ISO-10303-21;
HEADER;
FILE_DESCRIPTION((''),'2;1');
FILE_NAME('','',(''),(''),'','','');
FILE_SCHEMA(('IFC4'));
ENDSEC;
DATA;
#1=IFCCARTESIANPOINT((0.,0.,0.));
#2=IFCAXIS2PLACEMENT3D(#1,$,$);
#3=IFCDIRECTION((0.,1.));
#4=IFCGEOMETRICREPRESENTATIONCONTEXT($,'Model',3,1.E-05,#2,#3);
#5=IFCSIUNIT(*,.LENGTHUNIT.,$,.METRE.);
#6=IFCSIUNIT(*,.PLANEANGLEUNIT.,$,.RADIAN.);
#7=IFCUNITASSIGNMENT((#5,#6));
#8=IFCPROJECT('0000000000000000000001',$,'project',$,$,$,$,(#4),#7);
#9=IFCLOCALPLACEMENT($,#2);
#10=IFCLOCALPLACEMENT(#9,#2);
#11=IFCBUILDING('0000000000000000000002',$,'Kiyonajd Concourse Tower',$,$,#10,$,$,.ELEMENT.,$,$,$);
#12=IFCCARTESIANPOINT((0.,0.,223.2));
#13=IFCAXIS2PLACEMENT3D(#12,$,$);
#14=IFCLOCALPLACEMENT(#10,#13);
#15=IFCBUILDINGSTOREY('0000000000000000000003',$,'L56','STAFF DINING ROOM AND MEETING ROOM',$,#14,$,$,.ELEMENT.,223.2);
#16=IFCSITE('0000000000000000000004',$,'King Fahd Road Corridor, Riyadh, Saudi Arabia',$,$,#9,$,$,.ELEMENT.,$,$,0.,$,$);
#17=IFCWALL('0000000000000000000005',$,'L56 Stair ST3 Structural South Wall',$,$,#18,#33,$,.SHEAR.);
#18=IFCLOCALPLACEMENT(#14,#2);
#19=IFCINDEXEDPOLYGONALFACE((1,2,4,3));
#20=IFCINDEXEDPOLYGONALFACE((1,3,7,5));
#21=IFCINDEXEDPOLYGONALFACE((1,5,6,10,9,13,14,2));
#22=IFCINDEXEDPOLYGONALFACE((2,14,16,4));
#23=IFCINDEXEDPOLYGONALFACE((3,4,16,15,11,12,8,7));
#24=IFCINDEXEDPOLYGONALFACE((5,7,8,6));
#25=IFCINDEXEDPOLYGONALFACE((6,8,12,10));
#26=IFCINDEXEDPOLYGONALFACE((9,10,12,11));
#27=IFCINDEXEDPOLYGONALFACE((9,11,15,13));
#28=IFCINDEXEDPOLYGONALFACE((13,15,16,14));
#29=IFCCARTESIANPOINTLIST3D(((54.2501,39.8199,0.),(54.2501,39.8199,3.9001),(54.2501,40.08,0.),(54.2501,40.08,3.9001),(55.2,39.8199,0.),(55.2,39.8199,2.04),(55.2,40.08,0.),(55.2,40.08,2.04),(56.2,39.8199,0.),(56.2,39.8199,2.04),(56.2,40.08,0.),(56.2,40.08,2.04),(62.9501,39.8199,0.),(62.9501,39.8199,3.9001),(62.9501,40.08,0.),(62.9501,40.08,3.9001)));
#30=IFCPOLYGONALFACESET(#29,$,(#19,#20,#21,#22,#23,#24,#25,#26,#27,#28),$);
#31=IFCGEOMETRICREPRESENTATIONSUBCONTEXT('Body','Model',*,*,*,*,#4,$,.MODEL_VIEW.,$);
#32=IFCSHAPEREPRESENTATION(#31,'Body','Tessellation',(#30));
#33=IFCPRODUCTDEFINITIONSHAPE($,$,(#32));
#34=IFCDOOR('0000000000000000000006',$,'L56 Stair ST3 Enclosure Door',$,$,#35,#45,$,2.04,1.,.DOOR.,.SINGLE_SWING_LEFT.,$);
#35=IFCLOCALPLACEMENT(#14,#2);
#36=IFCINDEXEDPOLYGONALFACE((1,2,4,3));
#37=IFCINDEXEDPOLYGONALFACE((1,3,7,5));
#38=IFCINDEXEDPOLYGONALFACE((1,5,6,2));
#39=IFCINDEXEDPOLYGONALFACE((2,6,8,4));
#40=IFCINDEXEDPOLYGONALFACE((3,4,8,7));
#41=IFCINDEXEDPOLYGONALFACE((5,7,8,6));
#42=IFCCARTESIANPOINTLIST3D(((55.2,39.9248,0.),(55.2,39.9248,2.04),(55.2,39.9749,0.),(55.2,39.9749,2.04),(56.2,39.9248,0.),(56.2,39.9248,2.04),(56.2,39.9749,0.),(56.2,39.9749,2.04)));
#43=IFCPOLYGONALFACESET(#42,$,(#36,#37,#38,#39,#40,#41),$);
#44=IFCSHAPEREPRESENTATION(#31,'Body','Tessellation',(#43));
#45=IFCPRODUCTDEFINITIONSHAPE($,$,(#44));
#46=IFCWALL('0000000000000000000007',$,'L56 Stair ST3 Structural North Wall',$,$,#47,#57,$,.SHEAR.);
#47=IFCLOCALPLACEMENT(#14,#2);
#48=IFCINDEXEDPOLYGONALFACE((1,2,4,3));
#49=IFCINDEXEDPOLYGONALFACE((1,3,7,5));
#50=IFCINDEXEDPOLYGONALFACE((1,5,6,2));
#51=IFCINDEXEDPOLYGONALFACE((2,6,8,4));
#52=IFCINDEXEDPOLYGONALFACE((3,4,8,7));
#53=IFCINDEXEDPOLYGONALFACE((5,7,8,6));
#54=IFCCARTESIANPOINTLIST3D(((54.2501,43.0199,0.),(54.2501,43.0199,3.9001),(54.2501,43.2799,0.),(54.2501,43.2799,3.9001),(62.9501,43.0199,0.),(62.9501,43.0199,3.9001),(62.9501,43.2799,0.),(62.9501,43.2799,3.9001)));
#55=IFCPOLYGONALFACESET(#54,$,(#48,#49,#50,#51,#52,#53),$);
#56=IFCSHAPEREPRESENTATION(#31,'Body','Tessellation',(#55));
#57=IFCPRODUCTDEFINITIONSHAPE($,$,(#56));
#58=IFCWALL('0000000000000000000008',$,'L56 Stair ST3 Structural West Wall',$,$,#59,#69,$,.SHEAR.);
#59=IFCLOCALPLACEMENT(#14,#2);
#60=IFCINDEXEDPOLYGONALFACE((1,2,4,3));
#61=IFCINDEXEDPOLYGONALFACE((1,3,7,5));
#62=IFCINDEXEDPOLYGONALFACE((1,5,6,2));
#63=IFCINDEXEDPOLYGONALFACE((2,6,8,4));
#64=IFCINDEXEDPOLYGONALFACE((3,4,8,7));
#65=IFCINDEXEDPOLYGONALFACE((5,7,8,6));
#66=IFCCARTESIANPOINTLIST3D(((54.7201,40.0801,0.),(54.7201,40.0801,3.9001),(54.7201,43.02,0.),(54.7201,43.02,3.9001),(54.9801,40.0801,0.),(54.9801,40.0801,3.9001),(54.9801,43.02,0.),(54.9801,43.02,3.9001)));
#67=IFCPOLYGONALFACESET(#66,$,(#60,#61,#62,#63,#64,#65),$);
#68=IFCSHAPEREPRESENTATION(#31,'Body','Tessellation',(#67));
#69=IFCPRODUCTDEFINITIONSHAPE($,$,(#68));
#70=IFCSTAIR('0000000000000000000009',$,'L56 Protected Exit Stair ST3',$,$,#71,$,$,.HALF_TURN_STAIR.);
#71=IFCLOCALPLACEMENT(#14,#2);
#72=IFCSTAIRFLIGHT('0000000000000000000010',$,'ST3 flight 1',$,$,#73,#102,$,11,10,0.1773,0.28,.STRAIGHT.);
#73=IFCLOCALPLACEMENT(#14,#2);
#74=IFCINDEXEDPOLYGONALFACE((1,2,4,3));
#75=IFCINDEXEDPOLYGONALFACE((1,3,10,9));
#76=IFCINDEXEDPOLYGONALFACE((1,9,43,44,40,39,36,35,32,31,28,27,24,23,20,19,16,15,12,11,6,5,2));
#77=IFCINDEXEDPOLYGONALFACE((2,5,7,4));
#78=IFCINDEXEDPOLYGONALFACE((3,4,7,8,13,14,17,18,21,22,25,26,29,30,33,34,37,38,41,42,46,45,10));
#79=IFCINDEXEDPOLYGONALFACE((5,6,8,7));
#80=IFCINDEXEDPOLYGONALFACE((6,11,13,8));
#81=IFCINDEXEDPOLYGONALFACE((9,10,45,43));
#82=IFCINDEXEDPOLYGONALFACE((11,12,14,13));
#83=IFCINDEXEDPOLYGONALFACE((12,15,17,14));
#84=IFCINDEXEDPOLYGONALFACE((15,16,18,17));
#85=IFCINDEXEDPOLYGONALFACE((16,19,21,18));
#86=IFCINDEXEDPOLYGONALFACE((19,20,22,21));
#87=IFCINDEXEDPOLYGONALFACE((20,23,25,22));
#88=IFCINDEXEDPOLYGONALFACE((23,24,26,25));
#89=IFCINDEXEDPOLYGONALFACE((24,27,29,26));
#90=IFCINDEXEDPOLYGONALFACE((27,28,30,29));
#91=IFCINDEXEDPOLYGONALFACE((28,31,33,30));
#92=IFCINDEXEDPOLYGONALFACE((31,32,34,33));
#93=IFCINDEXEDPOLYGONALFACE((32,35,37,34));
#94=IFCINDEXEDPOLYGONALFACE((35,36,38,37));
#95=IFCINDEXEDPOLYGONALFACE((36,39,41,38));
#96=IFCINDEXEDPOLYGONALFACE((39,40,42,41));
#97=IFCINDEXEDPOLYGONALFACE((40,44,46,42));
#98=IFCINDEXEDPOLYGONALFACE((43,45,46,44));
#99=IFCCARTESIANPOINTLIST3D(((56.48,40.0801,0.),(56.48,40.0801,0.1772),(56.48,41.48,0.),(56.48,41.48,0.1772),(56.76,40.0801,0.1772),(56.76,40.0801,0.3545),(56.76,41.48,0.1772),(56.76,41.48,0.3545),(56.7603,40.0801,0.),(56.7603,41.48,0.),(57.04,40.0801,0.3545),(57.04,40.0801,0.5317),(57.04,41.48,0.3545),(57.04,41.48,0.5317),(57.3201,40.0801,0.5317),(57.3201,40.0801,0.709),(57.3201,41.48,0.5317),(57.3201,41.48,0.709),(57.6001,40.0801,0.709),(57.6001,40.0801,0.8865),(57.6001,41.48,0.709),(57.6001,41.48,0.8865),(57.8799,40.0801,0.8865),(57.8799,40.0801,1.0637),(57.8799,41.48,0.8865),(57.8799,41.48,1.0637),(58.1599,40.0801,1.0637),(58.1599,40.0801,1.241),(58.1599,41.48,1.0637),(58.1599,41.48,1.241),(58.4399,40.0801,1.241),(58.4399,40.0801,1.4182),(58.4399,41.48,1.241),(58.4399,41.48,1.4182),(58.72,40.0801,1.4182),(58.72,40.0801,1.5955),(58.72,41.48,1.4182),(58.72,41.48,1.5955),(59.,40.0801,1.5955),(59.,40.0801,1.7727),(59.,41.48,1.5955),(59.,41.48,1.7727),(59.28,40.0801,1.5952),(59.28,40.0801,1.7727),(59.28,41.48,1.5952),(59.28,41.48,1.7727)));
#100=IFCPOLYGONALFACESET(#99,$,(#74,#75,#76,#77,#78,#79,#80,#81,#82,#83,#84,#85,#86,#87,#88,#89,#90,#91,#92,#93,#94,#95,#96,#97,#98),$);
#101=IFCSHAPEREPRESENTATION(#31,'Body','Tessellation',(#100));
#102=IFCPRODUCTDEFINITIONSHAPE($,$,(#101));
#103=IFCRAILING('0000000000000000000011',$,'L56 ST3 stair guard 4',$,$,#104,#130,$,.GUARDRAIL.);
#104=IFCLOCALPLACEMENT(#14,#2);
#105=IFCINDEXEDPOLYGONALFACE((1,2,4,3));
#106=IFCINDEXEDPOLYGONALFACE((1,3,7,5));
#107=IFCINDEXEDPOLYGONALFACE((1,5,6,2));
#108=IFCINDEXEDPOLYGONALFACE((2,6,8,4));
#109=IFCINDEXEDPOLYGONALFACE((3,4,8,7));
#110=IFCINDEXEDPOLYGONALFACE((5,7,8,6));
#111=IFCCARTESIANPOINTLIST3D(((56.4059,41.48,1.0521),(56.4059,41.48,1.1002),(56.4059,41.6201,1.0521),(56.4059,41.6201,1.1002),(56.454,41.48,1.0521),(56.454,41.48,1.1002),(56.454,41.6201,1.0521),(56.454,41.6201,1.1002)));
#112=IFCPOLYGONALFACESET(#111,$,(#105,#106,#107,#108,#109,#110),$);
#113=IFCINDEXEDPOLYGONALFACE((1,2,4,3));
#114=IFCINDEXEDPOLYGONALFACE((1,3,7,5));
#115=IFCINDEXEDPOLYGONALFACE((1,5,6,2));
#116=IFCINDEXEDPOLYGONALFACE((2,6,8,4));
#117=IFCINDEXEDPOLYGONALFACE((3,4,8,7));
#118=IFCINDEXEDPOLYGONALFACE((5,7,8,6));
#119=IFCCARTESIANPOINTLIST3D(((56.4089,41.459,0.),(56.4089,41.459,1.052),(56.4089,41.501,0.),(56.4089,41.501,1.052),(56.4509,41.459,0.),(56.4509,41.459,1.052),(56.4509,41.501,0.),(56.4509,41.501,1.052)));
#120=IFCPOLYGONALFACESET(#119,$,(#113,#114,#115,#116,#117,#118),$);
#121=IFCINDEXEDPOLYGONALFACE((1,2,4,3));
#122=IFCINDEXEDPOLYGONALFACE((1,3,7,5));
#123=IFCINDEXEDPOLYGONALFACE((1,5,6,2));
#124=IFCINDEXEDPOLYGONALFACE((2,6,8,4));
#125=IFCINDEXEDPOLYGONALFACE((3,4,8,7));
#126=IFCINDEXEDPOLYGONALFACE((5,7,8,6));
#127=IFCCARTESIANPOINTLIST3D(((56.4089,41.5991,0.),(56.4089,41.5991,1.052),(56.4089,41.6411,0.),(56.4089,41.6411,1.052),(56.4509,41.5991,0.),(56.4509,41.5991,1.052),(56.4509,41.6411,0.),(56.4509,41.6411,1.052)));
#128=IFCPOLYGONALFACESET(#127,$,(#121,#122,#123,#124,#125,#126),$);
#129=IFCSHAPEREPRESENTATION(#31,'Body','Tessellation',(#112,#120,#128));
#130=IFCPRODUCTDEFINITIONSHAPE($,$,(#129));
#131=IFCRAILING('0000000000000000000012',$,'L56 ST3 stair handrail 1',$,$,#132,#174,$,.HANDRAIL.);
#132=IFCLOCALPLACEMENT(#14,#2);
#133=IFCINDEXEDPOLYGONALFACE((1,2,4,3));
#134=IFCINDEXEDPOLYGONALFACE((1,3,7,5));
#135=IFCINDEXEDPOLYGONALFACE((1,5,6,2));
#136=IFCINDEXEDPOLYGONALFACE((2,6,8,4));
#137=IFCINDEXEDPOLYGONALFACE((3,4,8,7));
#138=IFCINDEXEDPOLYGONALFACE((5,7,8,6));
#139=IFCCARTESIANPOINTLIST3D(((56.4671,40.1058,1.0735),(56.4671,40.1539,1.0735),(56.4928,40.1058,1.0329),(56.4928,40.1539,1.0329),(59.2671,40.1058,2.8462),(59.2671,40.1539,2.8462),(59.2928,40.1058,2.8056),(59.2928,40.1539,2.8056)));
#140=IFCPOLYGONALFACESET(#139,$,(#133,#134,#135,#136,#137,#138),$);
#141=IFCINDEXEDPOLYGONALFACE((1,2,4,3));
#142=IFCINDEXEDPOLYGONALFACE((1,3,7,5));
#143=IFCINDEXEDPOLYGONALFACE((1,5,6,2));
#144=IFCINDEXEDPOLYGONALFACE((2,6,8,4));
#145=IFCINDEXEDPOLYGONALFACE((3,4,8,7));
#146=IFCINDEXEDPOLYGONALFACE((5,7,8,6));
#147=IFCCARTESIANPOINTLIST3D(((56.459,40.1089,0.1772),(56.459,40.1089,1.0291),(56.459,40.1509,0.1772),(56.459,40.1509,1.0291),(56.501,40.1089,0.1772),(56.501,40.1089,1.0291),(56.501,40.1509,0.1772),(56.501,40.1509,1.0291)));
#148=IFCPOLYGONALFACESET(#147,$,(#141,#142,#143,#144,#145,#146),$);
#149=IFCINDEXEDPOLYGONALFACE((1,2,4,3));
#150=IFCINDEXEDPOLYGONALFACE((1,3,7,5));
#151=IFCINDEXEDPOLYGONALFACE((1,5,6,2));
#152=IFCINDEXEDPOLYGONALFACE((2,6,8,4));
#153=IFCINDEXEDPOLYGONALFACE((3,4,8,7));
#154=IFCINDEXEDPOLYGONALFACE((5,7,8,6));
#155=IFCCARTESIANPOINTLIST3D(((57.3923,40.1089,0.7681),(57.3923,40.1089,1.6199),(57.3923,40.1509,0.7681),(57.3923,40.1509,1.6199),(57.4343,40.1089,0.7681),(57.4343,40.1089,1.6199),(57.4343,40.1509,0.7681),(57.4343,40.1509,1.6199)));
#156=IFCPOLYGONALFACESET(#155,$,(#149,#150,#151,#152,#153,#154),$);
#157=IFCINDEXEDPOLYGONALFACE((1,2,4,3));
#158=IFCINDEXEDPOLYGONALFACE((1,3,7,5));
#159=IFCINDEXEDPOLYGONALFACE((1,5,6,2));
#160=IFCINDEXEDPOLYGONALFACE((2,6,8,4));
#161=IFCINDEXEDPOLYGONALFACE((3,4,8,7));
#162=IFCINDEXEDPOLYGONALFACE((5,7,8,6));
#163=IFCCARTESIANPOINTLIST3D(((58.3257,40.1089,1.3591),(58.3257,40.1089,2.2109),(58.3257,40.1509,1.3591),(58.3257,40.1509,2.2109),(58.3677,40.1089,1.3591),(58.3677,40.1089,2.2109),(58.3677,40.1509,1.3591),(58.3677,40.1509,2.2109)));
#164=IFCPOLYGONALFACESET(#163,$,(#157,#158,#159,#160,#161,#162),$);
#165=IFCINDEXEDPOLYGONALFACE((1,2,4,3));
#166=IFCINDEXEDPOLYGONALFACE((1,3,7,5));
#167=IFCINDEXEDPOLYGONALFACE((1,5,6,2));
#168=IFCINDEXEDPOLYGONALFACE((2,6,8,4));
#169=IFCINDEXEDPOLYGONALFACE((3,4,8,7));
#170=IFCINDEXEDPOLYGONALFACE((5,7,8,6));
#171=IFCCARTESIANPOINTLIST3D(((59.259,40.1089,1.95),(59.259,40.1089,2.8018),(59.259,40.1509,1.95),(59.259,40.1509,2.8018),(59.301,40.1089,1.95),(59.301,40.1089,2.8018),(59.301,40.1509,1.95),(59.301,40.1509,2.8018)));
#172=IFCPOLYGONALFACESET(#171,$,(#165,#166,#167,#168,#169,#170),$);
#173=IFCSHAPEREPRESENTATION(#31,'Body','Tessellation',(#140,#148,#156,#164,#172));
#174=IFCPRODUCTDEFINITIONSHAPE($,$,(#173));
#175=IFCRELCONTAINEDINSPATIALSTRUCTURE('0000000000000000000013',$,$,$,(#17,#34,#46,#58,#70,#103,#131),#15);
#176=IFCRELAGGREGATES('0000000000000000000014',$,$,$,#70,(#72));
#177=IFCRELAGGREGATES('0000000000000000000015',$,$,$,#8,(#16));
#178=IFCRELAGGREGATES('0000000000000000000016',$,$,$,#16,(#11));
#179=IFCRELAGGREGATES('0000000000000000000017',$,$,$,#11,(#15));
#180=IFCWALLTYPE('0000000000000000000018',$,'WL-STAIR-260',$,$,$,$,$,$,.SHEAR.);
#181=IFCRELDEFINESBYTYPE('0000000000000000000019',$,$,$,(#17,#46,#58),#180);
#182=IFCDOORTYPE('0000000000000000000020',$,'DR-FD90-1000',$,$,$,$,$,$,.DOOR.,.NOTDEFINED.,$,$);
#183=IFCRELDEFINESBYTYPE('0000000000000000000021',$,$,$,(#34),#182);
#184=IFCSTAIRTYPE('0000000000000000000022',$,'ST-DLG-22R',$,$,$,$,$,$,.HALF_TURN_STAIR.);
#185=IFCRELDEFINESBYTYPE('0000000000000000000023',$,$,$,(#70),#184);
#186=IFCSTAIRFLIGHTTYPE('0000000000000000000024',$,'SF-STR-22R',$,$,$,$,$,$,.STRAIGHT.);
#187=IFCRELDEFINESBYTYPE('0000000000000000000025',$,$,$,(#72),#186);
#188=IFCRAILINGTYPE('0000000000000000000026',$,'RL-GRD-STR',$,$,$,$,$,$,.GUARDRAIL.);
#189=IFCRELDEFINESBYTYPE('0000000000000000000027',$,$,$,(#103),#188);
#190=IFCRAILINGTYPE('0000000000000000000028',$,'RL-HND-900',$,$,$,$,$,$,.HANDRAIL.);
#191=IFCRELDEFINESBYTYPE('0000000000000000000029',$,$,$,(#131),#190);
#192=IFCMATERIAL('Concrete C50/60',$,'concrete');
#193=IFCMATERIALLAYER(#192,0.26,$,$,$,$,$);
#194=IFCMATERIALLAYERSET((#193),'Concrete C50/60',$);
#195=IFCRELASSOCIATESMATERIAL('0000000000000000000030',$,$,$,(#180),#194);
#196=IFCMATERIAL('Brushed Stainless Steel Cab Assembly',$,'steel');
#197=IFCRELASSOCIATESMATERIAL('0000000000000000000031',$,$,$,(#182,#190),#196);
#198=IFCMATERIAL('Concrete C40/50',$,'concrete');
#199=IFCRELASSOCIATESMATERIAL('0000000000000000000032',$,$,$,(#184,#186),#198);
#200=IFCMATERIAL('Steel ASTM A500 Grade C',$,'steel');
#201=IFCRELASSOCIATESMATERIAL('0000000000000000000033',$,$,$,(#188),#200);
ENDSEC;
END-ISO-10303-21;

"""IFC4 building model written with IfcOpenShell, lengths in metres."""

from ifc_helpers import new_model, si_unit, direction, frame, frame_2d, origin, origin_2d, place, context, subcontext, project, spatial, polyline, rectangle, outline, extrude, material, layer, layer_set, type_object, element, fill, aggregate, save


model = new_model("IFC4")

# Units and contexts
model_context = context("Model", 3, precision=1e-05, world=origin(), true_north=direction((0.0, 1.0)))
body_context = subcontext(model_context, "Body", "Model", "MODEL_VIEW")
ifc_project = project(units=[si_unit("LENGTHUNIT", "METRE"), si_unit("PLANEANGLEUNIT", "RADIAN")], contexts=[model_context])

# Site, building, storey
site_placement = place(None, origin())
site = spatial("IfcSite", under=ifc_project, at=site_placement, Name="King Fahd Road Corridor, Riyadh, Saudi Arabia", CompositionType="ELEMENT", RefElevation=0.0)
building_placement = place(site_placement, origin())
building = spatial("IfcBuilding", under=site, at=building_placement, Name="Kiyonajd Concourse Tower", CompositionType="ELEMENT")
storey_placement = place(building_placement, frame((0.0, 0.0, 223.2)))
storey = spatial("IfcBuildingStorey", under=building, at=storey_placement, Name="L56", Description="STAFF DINING ROOM AND MEETING ROOM", CompositionType="ELEMENT", Elevation=223.2)

# Shared definitions
ifc_material_1 = material(Name="Concrete C50/60", Category="concrete")

# Wall, opening, door
ifc_layer_1 = layer(ifc_material_1, 0.26)
ifc_layer_set_1 = layer_set([ifc_layer_1], Name="Concrete C50/60")
wall_type_1 = type_object("IfcWallType", Name="WL-STAIR-260", PredefinedType="SHEAR", material=ifc_layer_set_1)
wall_1_placement = place(storey_placement, frame((54.25, 39.95, 0.0), z_axis=(0.0, 0.0, 1.0), x_axis=(1.0, 0.0, 0.0)))
wall_1 = element("IfcWall", 1, at=wall_1_placement, inside=storey, type_object=wall_type_1, Name="L56 Stair ST3 Structural South Wall", PredefinedType="SHEAR", context=body_context, shape_type="SweptSolid", body=[
    extrude(rectangle(XDim=8.7, YDim=0.26, at=frame_2d((4.3501, 0.0))), origin(), (0.0, 0.0, 1.0), 3.9001),
])
opening_1_placement = place(wall_1_placement, frame((0.95, 0.0, 0.0)))
opening_1 = element("IfcOpeningElement", 2, at=opening_1_placement, cuts=wall_1, PredefinedType="OPENING", context=body_context, shape_type="SweptSolid", body=[
    extrude(rectangle(XDim=1.0, YDim=2.04, at=frame_2d((0.5, 1.02))), frame((0.0, 0.1399, 0.0), z_axis=(0.0, -1.0, 0.0), x_axis=(1.0, 0.0, 0.0)), (0.0, 0.0, 1.0), 0.28),
])
ifc_material_2 = material(Name="Brushed Stainless Steel Cab Assembly", Category="steel")
door_type_1 = type_object("IfcDoorType", Name="DR-FD90-1000", OperationType="NOTDEFINED", PredefinedType="DOOR", material=ifc_material_2)
door_1_placement = place(opening_1_placement, origin())
door_1 = element("IfcDoor", 3, at=door_1_placement, inside=storey, type_object=door_type_1, Name="L56 Stair ST3 Enclosure Door", OperationType="SINGLE_SWING_LEFT", OverallHeight=2.04, OverallWidth=1.0, PredefinedType="DOOR", context=body_context, shape_type="SweptSolid", body=[
    extrude(rectangle(XDim=1.0, YDim=2.04, at=frame_2d((0.5, 1.02))), frame((0.0, 0.0249, 0.0), z_axis=(0.0, -1.0, 0.0), x_axis=(1.0, 0.0, 0.0)), (0.0, 0.0, 1.0), 0.05),
])
fill(opening_1, door_1)

# Walls
wall_2_placement = place(storey_placement, frame((54.25, 43.1499, 0.0), z_axis=(0.0, 0.0, 1.0), x_axis=(1.0, 0.0, 0.0)))
element("IfcWall", 4, at=wall_2_placement, inside=storey, type_object=wall_type_1, Name="L56 Stair ST3 Structural North Wall", PredefinedType="SHEAR", context=body_context, shape_type="SweptSolid", body=[
    extrude(rectangle(XDim=8.7, YDim=0.26, at=frame_2d((4.3501, 0.0))), origin(), (0.0, 0.0, 1.0), 3.9001),
])
wall_3_placement = place(storey_placement, frame((54.8501, 40.0801, 0.0), z_axis=(0.0, 0.0, 1.0), x_axis=(0.0, 1.0, 0.0)))
element("IfcWall", 5, at=wall_3_placement, inside=storey, type_object=wall_type_1, Name="L56 Stair ST3 Structural West Wall", PredefinedType="SHEAR", context=body_context, shape_type="SweptSolid", body=[
    extrude(rectangle(XDim=2.9399, YDim=0.26, at=frame_2d((1.47, 0.0))), origin(), (0.0, 0.0, 1.0), 3.9001),
])

# Stair, stair flight
ifc_material_3 = material(Name="Concrete C40/50", Category="concrete")
stair_type = type_object("IfcStairType", Name="ST-DLG-22R", PredefinedType="HALF_TURN_STAIR", material=ifc_material_3)
stair_placement = place(storey_placement, origin())
stair = element("IfcStair", 6, at=stair_placement, inside=storey, type_object=stair_type, Name="L56 Protected Exit Stair ST3", PredefinedType="HALF_TURN_STAIR")
stair_flight_type = type_object("IfcStairFlightType", Name="SF-STR-22R", PredefinedType="STRAIGHT", material=ifc_material_3)
stair_flight_placement = place(storey_placement, frame((56.48, 40.78, 0.0), z_axis=(0.0, 0.0, 1.0), x_axis=(1.0, 0.0, 0.0)))
stair_flight = element("IfcStairFlight", 7, at=stair_flight_placement, type_object=stair_flight_type, Name="ST3 flight 1", NumberOfRisers=11, NumberOfTreads=10, PredefinedType="STRAIGHT", RiserHeight=0.1773, TreadLength=0.28, context=body_context, shape_type="SweptSolid", body=[
    extrude(outline(polyline([(0.0, 0.0), (0.0, 0.1772), (0.28, 0.1772), (0.28, 0.3545), (0.5601, 0.3545), (0.5601, 0.5317), (0.8401, 0.5317), (0.8401, 0.709), (1.1201, 0.709), (1.1201, 0.8865), (1.3999, 0.8865), (1.3999, 1.0637), (1.6799, 1.0637), (1.6799, 1.241), (1.96, 1.241), (1.96, 1.4182), (2.24, 1.4182), (2.24, 1.5955), (2.52, 1.5955), (2.52, 1.7727), (2.8, 1.7727), (2.8, 1.95), (2.8, 1.5952), (0.2803, 0.0), (0.0, 0.0)])), frame((0.0, 0.7, 0.0), z_axis=(0.0, -1.0, 0.0), x_axis=(1.0, 0.0, 0.0)), (0.0, 0.0, 1.0), 1.3999),
])
aggregate(stair, [stair_flight])

# Railings
ifc_material_4 = material(Name="Steel ASTM A500 Grade C", Category="steel")
railing_type_1 = type_object("IfcRailingType", Name="RL-GRD-STR", PredefinedType="GUARDRAIL", material=ifc_material_4)
railing_1_placement = place(storey_placement, frame((56.4299, 41.48, 0.0)))
element("IfcRailing", 8, at=railing_1_placement, inside=storey, type_object=railing_type_1, Name="L56 ST3 stair guard 4", PredefinedType="GUARDRAIL", context=body_context, shape_type="SweptSolid", body=[
    extrude(rectangle(XDim=0.0481, YDim=0.0481, at=origin_2d()), frame((0.0, 0.0, 1.0762), z_axis=(0.0, 1.0, 0.0), x_axis=(-1.0, 0.0, 0.0)), (0.0, 0.0, 1.0), 0.1401),
    extrude(rectangle(XDim=0.042, YDim=0.042, at=origin_2d()), origin(), (0.0, 0.0, 1.0), 1.052),
    extrude(rectangle(XDim=0.042, YDim=0.042, at=origin_2d()), frame((0.0, 0.1401, 0.0)), (0.0, 0.0, 1.0), 1.052),
])
railing_type_2 = type_object("IfcRailingType", Name="RL-HND-900", PredefinedType="HANDRAIL", material=ifc_material_2)
railing_2_placement = place(storey_placement, frame((56.48, 40.1299, 0.1772)))
element("IfcRailing", 9, at=railing_2_placement, inside=storey, type_object=railing_type_2, Name="L56 ST3 stair handrail 1", PredefinedType="HANDRAIL", context=body_context, shape_type="SweptSolid", body=[
    extrude(rectangle(XDim=0.0481, YDim=0.0481, at=origin_2d()), frame((0.0, 0.0, 0.876), z_axis=(0.844909, 0.0, 0.53491), x_axis=(0.0, 1.0, 0.0)), (0.0, 0.0, 1.0), 3.314),
    extrude(rectangle(XDim=0.042, YDim=0.042, at=origin_2d()), origin(), (0.0, 0.0, 1.0), 0.8518),
    extrude(rectangle(XDim=0.042, YDim=0.042, at=origin_2d()), frame((0.9333, 0.0, 0.5908)), (0.0, 0.0, 1.0), 0.8518),
    extrude(rectangle(XDim=0.042, YDim=0.042, at=origin_2d()), frame((1.8667, 0.0, 1.1819)), (0.0, 0.0, 1.0), 0.8518),
    extrude(rectangle(XDim=0.042, YDim=0.042, at=origin_2d()), frame((2.8, 0.0, 1.7727)), (0.0, 0.0, 1.0), 0.8518),
])

save(model, "model.ifc")
